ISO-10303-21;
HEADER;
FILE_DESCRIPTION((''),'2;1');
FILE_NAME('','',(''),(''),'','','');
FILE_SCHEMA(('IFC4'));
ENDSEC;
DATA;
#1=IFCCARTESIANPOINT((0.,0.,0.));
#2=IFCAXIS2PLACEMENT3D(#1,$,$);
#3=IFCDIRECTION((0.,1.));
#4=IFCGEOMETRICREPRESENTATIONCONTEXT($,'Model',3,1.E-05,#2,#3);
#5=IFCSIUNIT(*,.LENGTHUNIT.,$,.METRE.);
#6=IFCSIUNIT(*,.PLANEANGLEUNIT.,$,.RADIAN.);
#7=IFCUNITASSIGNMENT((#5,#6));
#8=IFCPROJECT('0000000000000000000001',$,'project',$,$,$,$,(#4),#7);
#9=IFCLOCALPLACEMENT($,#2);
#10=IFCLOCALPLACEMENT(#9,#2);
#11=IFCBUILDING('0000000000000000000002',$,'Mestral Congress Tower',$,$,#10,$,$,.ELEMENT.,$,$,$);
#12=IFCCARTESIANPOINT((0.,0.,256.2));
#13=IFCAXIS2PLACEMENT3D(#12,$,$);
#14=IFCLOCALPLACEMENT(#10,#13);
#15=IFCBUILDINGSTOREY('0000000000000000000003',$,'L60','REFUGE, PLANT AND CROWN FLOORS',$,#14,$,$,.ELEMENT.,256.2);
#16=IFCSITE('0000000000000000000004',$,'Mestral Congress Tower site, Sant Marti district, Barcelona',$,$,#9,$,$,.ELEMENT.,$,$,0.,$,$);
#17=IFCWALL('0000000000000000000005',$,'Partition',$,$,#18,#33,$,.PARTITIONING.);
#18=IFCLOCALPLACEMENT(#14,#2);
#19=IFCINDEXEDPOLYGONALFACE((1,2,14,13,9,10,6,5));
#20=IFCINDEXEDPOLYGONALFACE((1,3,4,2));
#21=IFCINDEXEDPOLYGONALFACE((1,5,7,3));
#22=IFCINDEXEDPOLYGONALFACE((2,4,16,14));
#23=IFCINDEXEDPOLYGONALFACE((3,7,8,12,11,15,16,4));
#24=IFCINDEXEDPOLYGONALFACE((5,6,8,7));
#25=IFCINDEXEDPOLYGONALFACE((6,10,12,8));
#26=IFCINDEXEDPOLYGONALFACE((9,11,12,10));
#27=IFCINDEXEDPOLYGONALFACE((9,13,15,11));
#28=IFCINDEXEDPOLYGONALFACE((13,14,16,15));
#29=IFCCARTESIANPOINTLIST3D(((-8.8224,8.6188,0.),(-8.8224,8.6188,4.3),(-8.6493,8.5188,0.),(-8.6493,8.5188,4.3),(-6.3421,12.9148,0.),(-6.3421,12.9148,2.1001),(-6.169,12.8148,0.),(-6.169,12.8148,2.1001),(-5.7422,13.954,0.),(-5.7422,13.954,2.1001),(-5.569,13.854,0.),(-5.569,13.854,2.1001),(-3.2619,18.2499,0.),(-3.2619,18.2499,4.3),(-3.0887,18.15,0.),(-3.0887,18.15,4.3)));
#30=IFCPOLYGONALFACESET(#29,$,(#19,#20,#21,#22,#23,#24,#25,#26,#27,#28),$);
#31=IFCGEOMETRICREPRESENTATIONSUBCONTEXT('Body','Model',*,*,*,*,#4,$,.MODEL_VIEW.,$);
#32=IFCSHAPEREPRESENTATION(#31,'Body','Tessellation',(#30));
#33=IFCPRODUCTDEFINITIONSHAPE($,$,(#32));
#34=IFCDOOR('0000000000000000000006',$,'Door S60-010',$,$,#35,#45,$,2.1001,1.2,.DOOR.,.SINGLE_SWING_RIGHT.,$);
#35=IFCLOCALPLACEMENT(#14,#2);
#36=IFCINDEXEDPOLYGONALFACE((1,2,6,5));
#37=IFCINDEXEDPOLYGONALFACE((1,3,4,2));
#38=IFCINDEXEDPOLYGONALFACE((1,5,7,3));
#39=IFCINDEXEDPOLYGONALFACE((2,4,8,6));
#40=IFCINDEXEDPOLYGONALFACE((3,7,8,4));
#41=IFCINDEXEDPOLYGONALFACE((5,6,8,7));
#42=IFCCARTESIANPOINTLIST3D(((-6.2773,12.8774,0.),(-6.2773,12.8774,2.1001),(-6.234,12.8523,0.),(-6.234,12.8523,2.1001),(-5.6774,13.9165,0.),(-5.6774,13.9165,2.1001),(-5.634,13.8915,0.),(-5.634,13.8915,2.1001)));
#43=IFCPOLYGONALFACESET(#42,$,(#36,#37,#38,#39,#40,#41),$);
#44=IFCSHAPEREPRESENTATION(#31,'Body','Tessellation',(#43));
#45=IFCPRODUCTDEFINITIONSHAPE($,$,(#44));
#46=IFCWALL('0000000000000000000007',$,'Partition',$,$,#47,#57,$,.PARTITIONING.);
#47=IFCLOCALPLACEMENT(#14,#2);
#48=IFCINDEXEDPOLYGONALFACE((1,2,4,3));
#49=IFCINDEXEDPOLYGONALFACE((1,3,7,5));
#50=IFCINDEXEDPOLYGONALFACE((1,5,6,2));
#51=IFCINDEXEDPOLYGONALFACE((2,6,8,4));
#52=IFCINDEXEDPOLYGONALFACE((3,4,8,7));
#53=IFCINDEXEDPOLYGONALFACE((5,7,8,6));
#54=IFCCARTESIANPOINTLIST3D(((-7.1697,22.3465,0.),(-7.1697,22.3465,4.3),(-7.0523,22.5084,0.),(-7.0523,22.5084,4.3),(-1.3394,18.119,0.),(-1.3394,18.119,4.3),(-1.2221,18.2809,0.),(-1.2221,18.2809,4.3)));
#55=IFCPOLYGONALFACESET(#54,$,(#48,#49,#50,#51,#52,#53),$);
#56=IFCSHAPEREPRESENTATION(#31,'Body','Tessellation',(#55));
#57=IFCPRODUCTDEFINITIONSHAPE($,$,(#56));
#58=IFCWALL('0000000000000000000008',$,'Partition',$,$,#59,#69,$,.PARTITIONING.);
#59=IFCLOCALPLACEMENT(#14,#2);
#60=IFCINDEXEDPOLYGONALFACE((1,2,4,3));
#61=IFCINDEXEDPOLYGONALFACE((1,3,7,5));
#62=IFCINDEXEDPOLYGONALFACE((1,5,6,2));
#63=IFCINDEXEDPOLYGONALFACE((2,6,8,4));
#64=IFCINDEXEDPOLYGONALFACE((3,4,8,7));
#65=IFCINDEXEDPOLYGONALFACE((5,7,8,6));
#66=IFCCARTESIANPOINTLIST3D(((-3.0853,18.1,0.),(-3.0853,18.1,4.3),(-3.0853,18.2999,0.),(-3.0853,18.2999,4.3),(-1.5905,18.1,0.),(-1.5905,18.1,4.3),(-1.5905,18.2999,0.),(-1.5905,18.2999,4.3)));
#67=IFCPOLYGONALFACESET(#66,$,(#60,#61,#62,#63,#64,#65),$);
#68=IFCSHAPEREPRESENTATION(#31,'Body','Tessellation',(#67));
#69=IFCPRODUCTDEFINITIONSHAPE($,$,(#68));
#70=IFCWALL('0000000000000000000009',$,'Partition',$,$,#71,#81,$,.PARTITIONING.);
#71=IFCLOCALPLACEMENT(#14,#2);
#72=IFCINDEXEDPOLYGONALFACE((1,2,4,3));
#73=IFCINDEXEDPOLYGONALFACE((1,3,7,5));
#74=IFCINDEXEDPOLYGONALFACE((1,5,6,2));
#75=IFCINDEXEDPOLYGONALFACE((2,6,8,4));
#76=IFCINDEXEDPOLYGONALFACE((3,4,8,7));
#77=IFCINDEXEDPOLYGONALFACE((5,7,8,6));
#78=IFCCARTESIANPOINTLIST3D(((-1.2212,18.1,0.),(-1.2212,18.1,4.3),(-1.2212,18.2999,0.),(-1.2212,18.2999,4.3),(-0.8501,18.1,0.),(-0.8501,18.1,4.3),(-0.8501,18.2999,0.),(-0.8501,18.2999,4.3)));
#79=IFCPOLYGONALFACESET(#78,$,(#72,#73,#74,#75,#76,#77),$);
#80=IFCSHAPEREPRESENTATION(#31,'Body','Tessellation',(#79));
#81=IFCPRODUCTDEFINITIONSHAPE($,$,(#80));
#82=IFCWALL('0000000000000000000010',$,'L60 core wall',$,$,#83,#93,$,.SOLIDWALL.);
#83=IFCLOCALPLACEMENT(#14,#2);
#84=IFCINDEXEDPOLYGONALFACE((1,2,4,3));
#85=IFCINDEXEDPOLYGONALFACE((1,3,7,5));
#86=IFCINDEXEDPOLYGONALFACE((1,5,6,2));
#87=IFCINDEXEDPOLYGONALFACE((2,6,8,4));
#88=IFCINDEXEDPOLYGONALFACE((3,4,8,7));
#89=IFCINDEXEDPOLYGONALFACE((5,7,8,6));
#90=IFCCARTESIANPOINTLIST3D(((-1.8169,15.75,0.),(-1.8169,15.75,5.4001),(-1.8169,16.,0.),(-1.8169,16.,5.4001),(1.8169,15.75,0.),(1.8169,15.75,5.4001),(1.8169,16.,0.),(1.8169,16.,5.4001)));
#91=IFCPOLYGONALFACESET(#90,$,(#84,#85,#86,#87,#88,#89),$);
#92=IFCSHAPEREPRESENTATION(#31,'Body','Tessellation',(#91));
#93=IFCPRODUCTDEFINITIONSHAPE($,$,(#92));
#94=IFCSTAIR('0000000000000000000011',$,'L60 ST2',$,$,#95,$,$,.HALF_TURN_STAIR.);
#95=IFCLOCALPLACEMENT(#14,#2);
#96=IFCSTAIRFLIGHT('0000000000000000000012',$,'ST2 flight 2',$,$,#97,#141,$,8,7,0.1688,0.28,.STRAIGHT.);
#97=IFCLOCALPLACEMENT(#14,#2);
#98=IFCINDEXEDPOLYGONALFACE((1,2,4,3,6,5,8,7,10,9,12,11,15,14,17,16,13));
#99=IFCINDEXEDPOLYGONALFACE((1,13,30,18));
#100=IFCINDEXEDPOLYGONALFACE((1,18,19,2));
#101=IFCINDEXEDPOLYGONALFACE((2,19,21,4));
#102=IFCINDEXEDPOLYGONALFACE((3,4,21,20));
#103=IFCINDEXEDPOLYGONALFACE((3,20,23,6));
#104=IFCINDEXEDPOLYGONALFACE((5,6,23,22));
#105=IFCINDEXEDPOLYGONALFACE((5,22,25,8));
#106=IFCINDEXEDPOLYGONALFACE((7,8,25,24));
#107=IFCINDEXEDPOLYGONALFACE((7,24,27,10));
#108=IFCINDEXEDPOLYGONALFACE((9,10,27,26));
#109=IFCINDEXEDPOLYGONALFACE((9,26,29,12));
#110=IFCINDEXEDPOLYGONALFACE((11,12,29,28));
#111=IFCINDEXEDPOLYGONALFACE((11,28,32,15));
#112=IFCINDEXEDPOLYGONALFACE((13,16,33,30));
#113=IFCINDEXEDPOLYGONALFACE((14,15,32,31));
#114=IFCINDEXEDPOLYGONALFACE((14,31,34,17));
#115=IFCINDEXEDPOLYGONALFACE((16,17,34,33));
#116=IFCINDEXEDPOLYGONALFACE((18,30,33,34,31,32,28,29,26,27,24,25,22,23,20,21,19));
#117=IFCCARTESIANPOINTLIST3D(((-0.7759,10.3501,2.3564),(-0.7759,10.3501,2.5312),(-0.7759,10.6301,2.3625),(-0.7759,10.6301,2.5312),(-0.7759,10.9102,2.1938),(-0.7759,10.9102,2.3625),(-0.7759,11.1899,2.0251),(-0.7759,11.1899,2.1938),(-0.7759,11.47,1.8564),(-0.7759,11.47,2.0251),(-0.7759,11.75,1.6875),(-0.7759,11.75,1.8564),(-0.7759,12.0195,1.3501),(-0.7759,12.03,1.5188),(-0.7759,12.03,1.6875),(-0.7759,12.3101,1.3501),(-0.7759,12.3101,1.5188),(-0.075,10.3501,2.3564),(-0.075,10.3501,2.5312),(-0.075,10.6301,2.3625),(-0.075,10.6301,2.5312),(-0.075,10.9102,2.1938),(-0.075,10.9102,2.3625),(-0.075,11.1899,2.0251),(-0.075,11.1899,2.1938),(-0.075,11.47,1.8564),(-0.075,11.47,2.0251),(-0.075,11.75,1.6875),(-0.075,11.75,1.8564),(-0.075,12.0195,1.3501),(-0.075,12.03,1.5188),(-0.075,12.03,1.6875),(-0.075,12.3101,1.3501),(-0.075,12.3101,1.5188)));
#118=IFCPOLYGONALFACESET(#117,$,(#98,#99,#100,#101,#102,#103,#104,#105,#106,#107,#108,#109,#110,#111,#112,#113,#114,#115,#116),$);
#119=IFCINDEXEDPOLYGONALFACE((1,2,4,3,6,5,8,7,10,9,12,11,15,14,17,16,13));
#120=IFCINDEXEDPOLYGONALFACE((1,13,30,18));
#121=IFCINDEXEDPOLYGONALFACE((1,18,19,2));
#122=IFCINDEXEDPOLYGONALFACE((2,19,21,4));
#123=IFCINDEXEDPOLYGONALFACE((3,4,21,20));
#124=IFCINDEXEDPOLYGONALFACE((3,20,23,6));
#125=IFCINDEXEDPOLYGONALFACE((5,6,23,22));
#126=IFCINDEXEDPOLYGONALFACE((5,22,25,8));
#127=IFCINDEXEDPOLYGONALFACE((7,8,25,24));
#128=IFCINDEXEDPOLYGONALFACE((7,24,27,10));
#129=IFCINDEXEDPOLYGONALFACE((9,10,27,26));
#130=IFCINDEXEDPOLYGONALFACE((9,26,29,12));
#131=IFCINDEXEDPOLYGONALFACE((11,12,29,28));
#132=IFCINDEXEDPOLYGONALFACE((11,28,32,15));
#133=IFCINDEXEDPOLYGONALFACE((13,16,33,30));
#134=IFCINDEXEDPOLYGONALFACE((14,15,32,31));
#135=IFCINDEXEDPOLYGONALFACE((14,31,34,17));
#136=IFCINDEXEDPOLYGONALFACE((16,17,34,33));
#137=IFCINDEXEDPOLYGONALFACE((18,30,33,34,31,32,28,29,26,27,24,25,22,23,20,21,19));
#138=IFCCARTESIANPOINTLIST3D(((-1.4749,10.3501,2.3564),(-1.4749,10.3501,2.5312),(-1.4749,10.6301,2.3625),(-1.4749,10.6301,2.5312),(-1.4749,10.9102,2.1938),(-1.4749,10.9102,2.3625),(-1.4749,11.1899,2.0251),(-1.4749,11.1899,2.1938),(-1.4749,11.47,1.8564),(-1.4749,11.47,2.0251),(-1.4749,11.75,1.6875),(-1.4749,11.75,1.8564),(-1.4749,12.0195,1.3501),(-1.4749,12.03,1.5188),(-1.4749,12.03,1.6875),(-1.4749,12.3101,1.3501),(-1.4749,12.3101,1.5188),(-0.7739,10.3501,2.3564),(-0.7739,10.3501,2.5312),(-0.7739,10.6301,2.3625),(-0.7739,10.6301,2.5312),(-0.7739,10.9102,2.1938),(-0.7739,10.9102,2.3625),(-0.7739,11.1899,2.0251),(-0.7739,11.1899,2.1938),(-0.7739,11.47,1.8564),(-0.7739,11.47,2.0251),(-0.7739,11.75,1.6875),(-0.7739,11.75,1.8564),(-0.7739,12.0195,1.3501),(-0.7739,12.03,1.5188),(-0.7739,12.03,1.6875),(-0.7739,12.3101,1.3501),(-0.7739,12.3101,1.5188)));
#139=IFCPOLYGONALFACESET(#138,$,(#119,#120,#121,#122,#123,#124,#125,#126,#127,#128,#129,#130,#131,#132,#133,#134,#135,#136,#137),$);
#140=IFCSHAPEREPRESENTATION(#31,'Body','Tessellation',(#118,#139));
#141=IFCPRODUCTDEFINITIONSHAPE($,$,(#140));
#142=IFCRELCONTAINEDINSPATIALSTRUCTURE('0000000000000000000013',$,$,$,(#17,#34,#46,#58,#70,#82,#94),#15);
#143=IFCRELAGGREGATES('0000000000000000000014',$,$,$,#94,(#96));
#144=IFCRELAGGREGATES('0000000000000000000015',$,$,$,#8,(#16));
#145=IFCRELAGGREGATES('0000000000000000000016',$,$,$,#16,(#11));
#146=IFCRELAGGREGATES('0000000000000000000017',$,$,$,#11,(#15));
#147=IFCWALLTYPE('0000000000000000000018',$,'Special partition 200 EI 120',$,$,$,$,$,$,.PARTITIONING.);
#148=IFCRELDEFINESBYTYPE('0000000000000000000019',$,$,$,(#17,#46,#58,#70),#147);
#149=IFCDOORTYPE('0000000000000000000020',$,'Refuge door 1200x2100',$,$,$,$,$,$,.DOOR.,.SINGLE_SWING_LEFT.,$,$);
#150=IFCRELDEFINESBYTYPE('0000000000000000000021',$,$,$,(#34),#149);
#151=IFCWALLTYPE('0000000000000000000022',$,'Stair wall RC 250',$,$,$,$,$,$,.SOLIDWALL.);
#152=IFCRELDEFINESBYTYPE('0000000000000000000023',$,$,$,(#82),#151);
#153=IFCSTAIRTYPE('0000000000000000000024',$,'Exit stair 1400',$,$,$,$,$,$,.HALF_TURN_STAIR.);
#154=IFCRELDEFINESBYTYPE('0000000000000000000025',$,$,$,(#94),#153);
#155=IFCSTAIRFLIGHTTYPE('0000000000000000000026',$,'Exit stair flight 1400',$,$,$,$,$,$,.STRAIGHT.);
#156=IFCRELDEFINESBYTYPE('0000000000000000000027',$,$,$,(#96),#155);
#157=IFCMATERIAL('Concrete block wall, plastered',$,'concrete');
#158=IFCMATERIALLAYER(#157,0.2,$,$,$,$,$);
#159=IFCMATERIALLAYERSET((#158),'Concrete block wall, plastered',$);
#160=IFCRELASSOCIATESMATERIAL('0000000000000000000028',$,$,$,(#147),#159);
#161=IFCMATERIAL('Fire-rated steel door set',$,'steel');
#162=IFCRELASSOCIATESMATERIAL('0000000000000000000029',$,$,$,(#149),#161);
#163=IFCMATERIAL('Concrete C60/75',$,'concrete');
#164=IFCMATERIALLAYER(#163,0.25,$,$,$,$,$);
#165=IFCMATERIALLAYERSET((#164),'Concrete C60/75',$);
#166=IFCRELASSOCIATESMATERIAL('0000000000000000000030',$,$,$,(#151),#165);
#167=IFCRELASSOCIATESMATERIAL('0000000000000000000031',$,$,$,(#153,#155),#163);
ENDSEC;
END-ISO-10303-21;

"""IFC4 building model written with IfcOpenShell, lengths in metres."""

from ifc_helpers import new_model, si_unit, direction, frame, frame_2d, origin, place, context, subcontext, project, spatial, polyline, rectangle, outline, extrude, material, layer, layer_set, type_object, element, fill, aggregate, save


model = new_model("IFC4")

# Units and contexts
model_context = context("Model", 3, precision=1e-05, world=origin(), true_north=direction((0.0, 1.0)))
body_context = subcontext(model_context, "Body", "Model", "MODEL_VIEW")
ifc_project = project(units=[si_unit("LENGTHUNIT", "METRE"), si_unit("PLANEANGLEUNIT", "RADIAN")], contexts=[model_context])

# Site, building, storey
site_placement = place(None, origin())
site = spatial("IfcSite", under=ifc_project, at=site_placement, Name="Mestral Congress Tower site, Sant Marti district, Barcelona", CompositionType="ELEMENT", RefElevation=0.0)
building_placement = place(site_placement, origin())
building = spatial("IfcBuilding", under=site, at=building_placement, Name="Mestral Congress Tower", CompositionType="ELEMENT")
storey_placement = place(building_placement, frame((0.0, 0.0, 256.2)))
storey = spatial("IfcBuildingStorey", under=building, at=storey_placement, Name="L60", Description="REFUGE, PLANT AND CROWN FLOORS", CompositionType="ELEMENT", Elevation=256.2)

# Shared definitions
placement = place(storey_placement, origin())

# Shared definitions
ifc_material_1 = material(Name="Concrete C60/75", Category="concrete")

# Wall, opening, door
ifc_material_2 = material(Name="Fire-rated steel door set", Category="steel")
ifc_material_3 = material(Name="Concrete block wall, plastered", Category="concrete")
ifc_layer_1 = layer(ifc_material_3, 0.2)
ifc_layer_set_1 = layer_set([ifc_layer_1], Name="Concrete block wall, plastered")
wall_type_1 = type_object("IfcWallType", Name="Special partition 200 EI 120", PredefinedType="PARTITIONING", material=ifc_layer_set_1)
wall_1_placement = place(storey_placement, frame((-3.1753, 18.2, 0.0), z_axis=(0.0, 0.0, 1.0), x_axis=(-0.500002, -0.866024, 0.0)))
wall_1 = element("IfcWall", 1, at=wall_1_placement, inside=storey, type_object=wall_type_1, Name="Partition", PredefinedType="PARTITIONING", context=body_context, shape_type="SweptSolid", body=[
    extrude(rectangle(XDim=11.1211, YDim=0.2, at=frame_2d((5.5605, 0.0))), origin(), (0.0, 0.0, 1.0), 4.3),
])
opening_1_placement = place(wall_1_placement, frame((4.9604, 0.0, 0.0)))
opening_1 = element("IfcOpeningElement", 2, at=opening_1_placement, cuts=wall_1, PredefinedType="OPENING", context=body_context, shape_type="SweptSolid", body=[
    extrude(rectangle(XDim=1.2, YDim=2.1001, at=frame_2d((0.6001, 1.05))), frame((0.0, 0.1099, 0.0), z_axis=(0.0, -1.0, 0.0), x_axis=(1.0, 0.0, 0.0)), (0.0, 0.0, 1.0), 0.22),
])
door_type_1 = type_object("IfcDoorType", Name="Refuge door 1200x2100", OperationType="SINGLE_SWING_LEFT", PredefinedType="DOOR", material=ifc_material_2)
door_1_placement = place(opening_1_placement, origin())
door_1 = element("IfcDoor", 3, at=door_1_placement, inside=storey, type_object=door_type_1, Name="Door S60-010", OperationType="SINGLE_SWING_RIGHT", OverallHeight=2.1001, OverallWidth=1.2, PredefinedType="DOOR", context=body_context, shape_type="SweptSolid", body=[
    extrude(rectangle(XDim=1.2, YDim=2.1001, at=frame_2d((0.6001, 1.05))), frame((0.0, 0.0249, 0.0), z_axis=(0.0, -1.0, 0.0), x_axis=(1.0, 0.0, 0.0)), (0.0, 0.0, 1.0), 0.05),
])
fill(opening_1, door_1)

# Walls
wall_2_placement = place(storey_placement, frame((-1.2808, 18.2, 0.0), z_axis=(0.0, 0.0, 1.0), x_axis=(-0.809574, 0.587018, 0.0)))
element("IfcWall", 4, at=wall_2_placement, inside=storey, type_object=wall_type_1, Name="Partition", PredefinedType="PARTITIONING", context=body_context, shape_type="SweptSolid", body=[
    extrude(rectangle(XDim=7.2017, YDim=0.2, at=frame_2d((3.6008, 0.0))), origin(), (0.0, 0.0, 1.0), 4.3),
])
wall_3_placement = place(storey_placement, frame((-3.0854, 18.2, 0.0), z_axis=(0.0, 0.0, 1.0), x_axis=(1.0, 0.0, 0.0)))
element("IfcWall", 5, at=wall_3_placement, inside=storey, type_object=wall_type_1, Name="Partition", PredefinedType="PARTITIONING", context=body_context, shape_type="SweptSolid", body=[
    extrude(rectangle(XDim=1.4949, YDim=0.2, at=frame_2d((0.7476, 0.0))), origin(), (0.0, 0.0, 1.0), 4.3),
])
wall_4_placement = place(storey_placement, frame((-1.2212, 18.2, 0.0), z_axis=(0.0, 0.0, 1.0), x_axis=(1.0, 0.0, 0.0)))
element("IfcWall", 6, at=wall_4_placement, inside=storey, type_object=wall_type_1, Name="Partition", PredefinedType="PARTITIONING", context=body_context, shape_type="SweptSolid", body=[
    extrude(rectangle(XDim=0.3711, YDim=0.2, at=frame_2d((0.1855, 0.0))), origin(), (0.0, 0.0, 1.0), 4.3),
])
ifc_layer_2 = layer(ifc_material_1, 0.25)
ifc_layer_set_2 = layer_set([ifc_layer_2], Name="Concrete C60/75")
wall_type_2 = type_object("IfcWallType", Name="Stair wall RC 250", PredefinedType="SOLIDWALL", material=ifc_layer_set_2)
wall_5_placement = place(storey_placement, frame((-1.8169, 15.875, 0.0), z_axis=(0.0, 0.0, 1.0), x_axis=(1.0, 0.0, 0.0)))
element("IfcWall", 7, at=wall_5_placement, inside=storey, type_object=wall_type_2, Name="L60 core wall", PredefinedType="SOLIDWALL", context=body_context, shape_type="SweptSolid", body=[
    extrude(rectangle(XDim=3.6338, YDim=0.25, at=frame_2d((1.8169, 0.0))), origin(), (0.0, 0.0, 1.0), 5.4001),
])

# Stair, stair flight
stair_type = type_object("IfcStairType", Name="Exit stair 1400", PredefinedType="HALF_TURN_STAIR", material=ifc_material_1)
stair = element("IfcStair", 8, at=placement, inside=storey, type_object=stair_type, Name="L60 ST2", PredefinedType="HALF_TURN_STAIR")
stair_flight_type = type_object("IfcStairFlightType", Name="Exit stair flight 1400", PredefinedType="STRAIGHT", material=ifc_material_1)
stair_flight_1_placement = place(storey_placement, frame((-0.7749, 12.3101, 1.3501), z_axis=(0.0, 0.0, 1.0), x_axis=(0.0, -1.0, 0.0)))
stair_flight_1 = element("IfcStairFlight", 9, at=stair_flight_1_placement, type_object=stair_flight_type, Name="ST2 flight 2", NumberOfRisers=8, NumberOfTreads=7, PredefinedType="STRAIGHT", RiserHeight=0.1688, TreadLength=0.28, context=body_context, shape_type="SweptSolid", body=[
    extrude(outline(polyline([(0.0, 0.0), (0.0, 0.1687), (0.28, 0.1687), (0.28, 0.3374), (0.5601, 0.3374), (0.5601, 0.5063), (0.8401, 0.5063), (0.8401, 0.675), (1.1201, 0.675), (1.1201, 0.8438), (1.3999, 0.8438), (1.3999, 1.0125), (1.6799, 1.0125), (1.6799, 1.1812), (1.96, 1.1812), (1.96, 1.3501), (1.96, 1.0063), (0.2905, 0.0), (0.0, 0.0)])), frame((0.0, 0.7, 0.0), z_axis=(0.0, -1.0, 0.0), x_axis=(1.0, 0.0, 0.0)), (0.0, 0.0, 1.0), 0.7009),
    extrude(outline(polyline([(0.0, 0.0), (0.0, 0.1687), (0.28, 0.1687), (0.28, 0.3374), (0.5601, 0.3374), (0.5601, 0.5063), (0.8401, 0.5063), (0.8401, 0.675), (1.1201, 0.675), (1.1201, 0.8438), (1.3999, 0.8438), (1.3999, 1.0125), (1.6799, 1.0125), (1.6799, 1.1812), (1.96, 1.1812), (1.96, 1.3501), (1.96, 1.0063), (0.2905, 0.0), (0.0, 0.0)])), frame((0.0, 0.001, 0.0), z_axis=(0.0, -1.0, 0.0), x_axis=(1.0, 0.0, 0.0)), (0.0, 0.0, 1.0), 0.7009),
])
aggregate(stair, [stair_flight_1])

save(model, "model.ifc")
